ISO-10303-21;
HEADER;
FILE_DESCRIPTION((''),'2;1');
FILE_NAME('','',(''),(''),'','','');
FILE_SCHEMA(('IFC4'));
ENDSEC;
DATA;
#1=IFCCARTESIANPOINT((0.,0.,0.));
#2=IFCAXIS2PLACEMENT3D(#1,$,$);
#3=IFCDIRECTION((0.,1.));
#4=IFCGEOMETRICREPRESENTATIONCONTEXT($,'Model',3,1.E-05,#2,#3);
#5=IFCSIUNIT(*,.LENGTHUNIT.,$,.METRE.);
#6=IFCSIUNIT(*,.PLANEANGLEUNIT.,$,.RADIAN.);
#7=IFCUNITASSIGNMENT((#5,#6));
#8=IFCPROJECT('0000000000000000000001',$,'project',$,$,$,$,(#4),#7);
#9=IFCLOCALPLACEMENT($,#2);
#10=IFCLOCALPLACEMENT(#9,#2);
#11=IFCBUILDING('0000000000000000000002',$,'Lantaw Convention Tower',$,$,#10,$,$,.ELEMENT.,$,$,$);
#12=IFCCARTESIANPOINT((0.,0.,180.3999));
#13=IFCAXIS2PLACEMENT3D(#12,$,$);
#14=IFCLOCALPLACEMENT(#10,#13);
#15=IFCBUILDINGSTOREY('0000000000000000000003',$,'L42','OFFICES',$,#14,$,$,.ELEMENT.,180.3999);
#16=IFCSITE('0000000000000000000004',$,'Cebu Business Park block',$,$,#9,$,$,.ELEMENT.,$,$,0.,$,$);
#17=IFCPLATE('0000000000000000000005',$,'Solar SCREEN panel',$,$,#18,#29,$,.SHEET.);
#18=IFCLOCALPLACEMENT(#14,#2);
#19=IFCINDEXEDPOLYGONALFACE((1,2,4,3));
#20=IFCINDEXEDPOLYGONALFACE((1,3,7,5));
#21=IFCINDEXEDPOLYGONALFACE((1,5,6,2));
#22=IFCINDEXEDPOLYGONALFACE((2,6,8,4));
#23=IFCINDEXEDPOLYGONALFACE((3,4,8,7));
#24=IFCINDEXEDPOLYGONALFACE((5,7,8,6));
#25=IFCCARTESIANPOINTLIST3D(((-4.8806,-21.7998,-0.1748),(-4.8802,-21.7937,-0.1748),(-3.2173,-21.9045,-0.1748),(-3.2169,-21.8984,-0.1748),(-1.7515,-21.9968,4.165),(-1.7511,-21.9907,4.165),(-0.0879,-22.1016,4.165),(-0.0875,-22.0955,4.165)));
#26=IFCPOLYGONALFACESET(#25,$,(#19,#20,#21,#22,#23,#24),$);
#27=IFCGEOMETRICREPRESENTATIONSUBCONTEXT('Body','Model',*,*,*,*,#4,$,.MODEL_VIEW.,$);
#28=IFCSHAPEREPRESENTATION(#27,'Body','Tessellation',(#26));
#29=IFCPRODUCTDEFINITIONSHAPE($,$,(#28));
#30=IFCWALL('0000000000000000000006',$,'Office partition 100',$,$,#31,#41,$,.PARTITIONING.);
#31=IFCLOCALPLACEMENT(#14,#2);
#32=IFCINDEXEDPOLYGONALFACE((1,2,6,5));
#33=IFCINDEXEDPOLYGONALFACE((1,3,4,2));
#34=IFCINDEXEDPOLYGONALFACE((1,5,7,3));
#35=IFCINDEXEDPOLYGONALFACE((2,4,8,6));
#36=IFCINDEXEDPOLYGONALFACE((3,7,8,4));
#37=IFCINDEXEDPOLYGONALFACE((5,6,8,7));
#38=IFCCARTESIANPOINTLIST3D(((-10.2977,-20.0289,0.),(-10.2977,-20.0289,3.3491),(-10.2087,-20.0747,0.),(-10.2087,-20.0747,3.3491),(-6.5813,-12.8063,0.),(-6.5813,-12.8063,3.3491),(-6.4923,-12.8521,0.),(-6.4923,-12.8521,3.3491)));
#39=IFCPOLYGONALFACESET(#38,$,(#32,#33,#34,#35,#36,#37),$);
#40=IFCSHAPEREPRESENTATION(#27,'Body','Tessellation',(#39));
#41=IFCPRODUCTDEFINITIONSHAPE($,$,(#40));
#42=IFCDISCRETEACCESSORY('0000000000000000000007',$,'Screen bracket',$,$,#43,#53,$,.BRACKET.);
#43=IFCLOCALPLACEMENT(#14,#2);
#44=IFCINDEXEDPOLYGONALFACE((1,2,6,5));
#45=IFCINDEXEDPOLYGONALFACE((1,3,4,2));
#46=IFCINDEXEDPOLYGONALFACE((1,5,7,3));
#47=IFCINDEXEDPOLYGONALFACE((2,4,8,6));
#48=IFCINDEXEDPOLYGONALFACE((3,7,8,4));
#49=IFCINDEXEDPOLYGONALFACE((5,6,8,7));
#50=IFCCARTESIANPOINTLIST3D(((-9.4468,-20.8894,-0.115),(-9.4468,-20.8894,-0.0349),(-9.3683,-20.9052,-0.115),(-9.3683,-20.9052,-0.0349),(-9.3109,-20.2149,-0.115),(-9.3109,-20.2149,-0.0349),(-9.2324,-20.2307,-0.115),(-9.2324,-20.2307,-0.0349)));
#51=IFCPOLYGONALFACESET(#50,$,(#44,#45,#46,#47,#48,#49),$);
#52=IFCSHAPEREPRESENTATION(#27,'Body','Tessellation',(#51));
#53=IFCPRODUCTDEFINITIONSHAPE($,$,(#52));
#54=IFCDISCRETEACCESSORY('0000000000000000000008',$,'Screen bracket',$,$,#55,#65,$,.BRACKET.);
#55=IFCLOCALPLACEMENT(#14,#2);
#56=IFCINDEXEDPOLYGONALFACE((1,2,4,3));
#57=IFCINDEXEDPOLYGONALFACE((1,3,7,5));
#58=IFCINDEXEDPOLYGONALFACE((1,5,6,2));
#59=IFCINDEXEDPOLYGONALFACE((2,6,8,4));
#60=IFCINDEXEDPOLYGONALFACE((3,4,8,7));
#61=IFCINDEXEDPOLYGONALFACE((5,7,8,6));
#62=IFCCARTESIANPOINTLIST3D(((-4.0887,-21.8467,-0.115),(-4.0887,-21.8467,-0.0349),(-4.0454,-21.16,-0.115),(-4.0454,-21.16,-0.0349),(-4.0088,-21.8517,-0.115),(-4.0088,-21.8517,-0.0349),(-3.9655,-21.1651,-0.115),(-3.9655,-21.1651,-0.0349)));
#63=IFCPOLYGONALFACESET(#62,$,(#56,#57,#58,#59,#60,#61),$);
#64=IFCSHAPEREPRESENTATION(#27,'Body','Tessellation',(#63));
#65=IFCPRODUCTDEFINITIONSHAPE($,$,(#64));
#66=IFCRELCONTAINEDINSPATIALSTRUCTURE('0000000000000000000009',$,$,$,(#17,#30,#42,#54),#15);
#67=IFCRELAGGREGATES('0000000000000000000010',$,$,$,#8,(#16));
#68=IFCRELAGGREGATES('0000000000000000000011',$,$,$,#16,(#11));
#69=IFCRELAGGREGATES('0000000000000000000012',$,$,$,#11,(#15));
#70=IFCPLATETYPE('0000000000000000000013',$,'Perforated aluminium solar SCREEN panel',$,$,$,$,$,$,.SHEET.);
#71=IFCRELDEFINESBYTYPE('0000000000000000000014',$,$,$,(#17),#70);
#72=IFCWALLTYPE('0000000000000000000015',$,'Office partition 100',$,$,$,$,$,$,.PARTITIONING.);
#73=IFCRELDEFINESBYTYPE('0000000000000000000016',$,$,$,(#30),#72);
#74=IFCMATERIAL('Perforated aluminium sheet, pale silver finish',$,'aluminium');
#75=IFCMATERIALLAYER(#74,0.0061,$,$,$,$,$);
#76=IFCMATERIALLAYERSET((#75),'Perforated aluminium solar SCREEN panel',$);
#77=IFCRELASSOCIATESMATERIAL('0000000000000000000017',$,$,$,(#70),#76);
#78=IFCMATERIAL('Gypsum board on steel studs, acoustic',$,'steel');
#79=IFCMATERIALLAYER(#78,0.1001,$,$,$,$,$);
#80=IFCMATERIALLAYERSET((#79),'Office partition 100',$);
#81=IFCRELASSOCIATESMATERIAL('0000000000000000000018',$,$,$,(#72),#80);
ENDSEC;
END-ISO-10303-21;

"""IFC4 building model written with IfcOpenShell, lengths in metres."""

from ifc_helpers import new_model, si_unit, direction, frame, frame_2d, origin, origin_2d, place, context, subcontext, project, spatial, polyline, rectangle, outline, extrude, material, layer, layer_set, type_object, element, save


model = new_model("IFC4")

# Units and contexts
model_context = context("Model", 3, precision=1e-05, world=origin(), true_north=direction((0.0, 1.0)))
body_context = subcontext(model_context, "Body", "Model", "MODEL_VIEW")
ifc_project = project(units=[si_unit("LENGTHUNIT", "METRE"), si_unit("PLANEANGLEUNIT", "RADIAN")], contexts=[model_context])

# Site, building, storey
site_placement = place(None, origin())
site = spatial("IfcSite", under=ifc_project, at=site_placement, Name="Cebu Business Park block", CompositionType="ELEMENT", RefElevation=0.0)
building_placement = place(site_placement, origin())
building = spatial("IfcBuilding", under=site, at=building_placement, Name="Lantaw Convention Tower", CompositionType="ELEMENT")
storey_placement = place(building_placement, frame((0.0, 0.0, 180.3999)))
storey = spatial("IfcBuildingStorey", under=building, at=storey_placement, Name="L42", Description="OFFICES", CompositionType="ELEMENT", Elevation=180.3999)

# Plate
ifc_material_1 = material(Name="Perforated aluminium sheet, pale silver finish", Category="aluminium")
ifc_layer_1 = layer(ifc_material_1, 0.0061)
ifc_layer_set_1 = layer_set([ifc_layer_1], Name="Perforated aluminium solar SCREEN panel")
plate_type_1 = type_object("IfcPlateType", Name="Perforated aluminium solar SCREEN panel", PredefinedType="SHEET", material=ifc_layer_set_1)
plate_1_placement = place(storey_placement, frame((-4.8806, -21.7998, -0.1748), z_axis=(-0.062839, -0.998024, 0.000002), x_axis=(0.998024, -0.062839, 0.0)))
element("IfcPlate", 1, at=plate_1_placement, inside=storey, type_object=plate_type_1, Name="Solar SCREEN panel", PredefinedType="SHEET", context=body_context, shape_type="SweptSolid", body=[
    extrude(outline(polyline([(0.0, 0.0), (1.6666, 0.0), (4.8022, 4.3398), (3.1353, 4.3398), (0.0, 0.0)])), origin(), (0.0, 0.0, -1.0), 0.0061),
])

# Wall
ifc_material_2 = material(Name="Gypsum board on steel studs, acoustic", Category="steel")
ifc_layer_2 = layer(ifc_material_2, 0.1001)
ifc_layer_set_2 = layer_set([ifc_layer_2], Name="Office partition 100")
wall_type = type_object("IfcWallType", Name="Office partition 100", PredefinedType="PARTITIONING", material=ifc_layer_set_2)
wall_placement = place(storey_placement, frame((-10.2532, -20.0518, 0.0), z_axis=(0.0, 0.0, 1.0), x_axis=(0.457535, 0.889191, 0.0)))
element("IfcWall", 2, at=wall_placement, inside=storey, type_object=wall_type, Name="Office partition 100", PredefinedType="PARTITIONING", context=body_context, shape_type="SweptSolid", body=[
    extrude(rectangle(XDim=8.1226, YDim=0.1001, at=frame_2d((4.0613, 0.0))), origin(), (0.0, 0.0, 1.0), 3.3491),
])

# Discrete accessories
for number, where, z_axis, x_axis, name in (
    (3, (-9.3396, -20.5601, -0.115), (0.0, 0.0, 1.0), (0.980302, -0.197507, 0.0), "Screen bracket"),
    (4, (-4.0271, -21.5059, -0.115), (0.0, 0.0, 1.0), (0.998022, -0.062865, 0.0), "Screen bracket"),
):
    element("IfcDiscreteAccessory", number, at=place(storey_placement, frame(where, z_axis=z_axis, x_axis=x_axis)), inside=storey, Name=name, PredefinedType="BRACKET", context=body_context, shape_type="SweptSolid", body=[
        extrude(rectangle(XDim=0.0801, YDim=0.688, at=origin_2d()), origin(), (0.0, 0.0, 1.0), 0.0801),
    ])

save(model, "model.ifc")
